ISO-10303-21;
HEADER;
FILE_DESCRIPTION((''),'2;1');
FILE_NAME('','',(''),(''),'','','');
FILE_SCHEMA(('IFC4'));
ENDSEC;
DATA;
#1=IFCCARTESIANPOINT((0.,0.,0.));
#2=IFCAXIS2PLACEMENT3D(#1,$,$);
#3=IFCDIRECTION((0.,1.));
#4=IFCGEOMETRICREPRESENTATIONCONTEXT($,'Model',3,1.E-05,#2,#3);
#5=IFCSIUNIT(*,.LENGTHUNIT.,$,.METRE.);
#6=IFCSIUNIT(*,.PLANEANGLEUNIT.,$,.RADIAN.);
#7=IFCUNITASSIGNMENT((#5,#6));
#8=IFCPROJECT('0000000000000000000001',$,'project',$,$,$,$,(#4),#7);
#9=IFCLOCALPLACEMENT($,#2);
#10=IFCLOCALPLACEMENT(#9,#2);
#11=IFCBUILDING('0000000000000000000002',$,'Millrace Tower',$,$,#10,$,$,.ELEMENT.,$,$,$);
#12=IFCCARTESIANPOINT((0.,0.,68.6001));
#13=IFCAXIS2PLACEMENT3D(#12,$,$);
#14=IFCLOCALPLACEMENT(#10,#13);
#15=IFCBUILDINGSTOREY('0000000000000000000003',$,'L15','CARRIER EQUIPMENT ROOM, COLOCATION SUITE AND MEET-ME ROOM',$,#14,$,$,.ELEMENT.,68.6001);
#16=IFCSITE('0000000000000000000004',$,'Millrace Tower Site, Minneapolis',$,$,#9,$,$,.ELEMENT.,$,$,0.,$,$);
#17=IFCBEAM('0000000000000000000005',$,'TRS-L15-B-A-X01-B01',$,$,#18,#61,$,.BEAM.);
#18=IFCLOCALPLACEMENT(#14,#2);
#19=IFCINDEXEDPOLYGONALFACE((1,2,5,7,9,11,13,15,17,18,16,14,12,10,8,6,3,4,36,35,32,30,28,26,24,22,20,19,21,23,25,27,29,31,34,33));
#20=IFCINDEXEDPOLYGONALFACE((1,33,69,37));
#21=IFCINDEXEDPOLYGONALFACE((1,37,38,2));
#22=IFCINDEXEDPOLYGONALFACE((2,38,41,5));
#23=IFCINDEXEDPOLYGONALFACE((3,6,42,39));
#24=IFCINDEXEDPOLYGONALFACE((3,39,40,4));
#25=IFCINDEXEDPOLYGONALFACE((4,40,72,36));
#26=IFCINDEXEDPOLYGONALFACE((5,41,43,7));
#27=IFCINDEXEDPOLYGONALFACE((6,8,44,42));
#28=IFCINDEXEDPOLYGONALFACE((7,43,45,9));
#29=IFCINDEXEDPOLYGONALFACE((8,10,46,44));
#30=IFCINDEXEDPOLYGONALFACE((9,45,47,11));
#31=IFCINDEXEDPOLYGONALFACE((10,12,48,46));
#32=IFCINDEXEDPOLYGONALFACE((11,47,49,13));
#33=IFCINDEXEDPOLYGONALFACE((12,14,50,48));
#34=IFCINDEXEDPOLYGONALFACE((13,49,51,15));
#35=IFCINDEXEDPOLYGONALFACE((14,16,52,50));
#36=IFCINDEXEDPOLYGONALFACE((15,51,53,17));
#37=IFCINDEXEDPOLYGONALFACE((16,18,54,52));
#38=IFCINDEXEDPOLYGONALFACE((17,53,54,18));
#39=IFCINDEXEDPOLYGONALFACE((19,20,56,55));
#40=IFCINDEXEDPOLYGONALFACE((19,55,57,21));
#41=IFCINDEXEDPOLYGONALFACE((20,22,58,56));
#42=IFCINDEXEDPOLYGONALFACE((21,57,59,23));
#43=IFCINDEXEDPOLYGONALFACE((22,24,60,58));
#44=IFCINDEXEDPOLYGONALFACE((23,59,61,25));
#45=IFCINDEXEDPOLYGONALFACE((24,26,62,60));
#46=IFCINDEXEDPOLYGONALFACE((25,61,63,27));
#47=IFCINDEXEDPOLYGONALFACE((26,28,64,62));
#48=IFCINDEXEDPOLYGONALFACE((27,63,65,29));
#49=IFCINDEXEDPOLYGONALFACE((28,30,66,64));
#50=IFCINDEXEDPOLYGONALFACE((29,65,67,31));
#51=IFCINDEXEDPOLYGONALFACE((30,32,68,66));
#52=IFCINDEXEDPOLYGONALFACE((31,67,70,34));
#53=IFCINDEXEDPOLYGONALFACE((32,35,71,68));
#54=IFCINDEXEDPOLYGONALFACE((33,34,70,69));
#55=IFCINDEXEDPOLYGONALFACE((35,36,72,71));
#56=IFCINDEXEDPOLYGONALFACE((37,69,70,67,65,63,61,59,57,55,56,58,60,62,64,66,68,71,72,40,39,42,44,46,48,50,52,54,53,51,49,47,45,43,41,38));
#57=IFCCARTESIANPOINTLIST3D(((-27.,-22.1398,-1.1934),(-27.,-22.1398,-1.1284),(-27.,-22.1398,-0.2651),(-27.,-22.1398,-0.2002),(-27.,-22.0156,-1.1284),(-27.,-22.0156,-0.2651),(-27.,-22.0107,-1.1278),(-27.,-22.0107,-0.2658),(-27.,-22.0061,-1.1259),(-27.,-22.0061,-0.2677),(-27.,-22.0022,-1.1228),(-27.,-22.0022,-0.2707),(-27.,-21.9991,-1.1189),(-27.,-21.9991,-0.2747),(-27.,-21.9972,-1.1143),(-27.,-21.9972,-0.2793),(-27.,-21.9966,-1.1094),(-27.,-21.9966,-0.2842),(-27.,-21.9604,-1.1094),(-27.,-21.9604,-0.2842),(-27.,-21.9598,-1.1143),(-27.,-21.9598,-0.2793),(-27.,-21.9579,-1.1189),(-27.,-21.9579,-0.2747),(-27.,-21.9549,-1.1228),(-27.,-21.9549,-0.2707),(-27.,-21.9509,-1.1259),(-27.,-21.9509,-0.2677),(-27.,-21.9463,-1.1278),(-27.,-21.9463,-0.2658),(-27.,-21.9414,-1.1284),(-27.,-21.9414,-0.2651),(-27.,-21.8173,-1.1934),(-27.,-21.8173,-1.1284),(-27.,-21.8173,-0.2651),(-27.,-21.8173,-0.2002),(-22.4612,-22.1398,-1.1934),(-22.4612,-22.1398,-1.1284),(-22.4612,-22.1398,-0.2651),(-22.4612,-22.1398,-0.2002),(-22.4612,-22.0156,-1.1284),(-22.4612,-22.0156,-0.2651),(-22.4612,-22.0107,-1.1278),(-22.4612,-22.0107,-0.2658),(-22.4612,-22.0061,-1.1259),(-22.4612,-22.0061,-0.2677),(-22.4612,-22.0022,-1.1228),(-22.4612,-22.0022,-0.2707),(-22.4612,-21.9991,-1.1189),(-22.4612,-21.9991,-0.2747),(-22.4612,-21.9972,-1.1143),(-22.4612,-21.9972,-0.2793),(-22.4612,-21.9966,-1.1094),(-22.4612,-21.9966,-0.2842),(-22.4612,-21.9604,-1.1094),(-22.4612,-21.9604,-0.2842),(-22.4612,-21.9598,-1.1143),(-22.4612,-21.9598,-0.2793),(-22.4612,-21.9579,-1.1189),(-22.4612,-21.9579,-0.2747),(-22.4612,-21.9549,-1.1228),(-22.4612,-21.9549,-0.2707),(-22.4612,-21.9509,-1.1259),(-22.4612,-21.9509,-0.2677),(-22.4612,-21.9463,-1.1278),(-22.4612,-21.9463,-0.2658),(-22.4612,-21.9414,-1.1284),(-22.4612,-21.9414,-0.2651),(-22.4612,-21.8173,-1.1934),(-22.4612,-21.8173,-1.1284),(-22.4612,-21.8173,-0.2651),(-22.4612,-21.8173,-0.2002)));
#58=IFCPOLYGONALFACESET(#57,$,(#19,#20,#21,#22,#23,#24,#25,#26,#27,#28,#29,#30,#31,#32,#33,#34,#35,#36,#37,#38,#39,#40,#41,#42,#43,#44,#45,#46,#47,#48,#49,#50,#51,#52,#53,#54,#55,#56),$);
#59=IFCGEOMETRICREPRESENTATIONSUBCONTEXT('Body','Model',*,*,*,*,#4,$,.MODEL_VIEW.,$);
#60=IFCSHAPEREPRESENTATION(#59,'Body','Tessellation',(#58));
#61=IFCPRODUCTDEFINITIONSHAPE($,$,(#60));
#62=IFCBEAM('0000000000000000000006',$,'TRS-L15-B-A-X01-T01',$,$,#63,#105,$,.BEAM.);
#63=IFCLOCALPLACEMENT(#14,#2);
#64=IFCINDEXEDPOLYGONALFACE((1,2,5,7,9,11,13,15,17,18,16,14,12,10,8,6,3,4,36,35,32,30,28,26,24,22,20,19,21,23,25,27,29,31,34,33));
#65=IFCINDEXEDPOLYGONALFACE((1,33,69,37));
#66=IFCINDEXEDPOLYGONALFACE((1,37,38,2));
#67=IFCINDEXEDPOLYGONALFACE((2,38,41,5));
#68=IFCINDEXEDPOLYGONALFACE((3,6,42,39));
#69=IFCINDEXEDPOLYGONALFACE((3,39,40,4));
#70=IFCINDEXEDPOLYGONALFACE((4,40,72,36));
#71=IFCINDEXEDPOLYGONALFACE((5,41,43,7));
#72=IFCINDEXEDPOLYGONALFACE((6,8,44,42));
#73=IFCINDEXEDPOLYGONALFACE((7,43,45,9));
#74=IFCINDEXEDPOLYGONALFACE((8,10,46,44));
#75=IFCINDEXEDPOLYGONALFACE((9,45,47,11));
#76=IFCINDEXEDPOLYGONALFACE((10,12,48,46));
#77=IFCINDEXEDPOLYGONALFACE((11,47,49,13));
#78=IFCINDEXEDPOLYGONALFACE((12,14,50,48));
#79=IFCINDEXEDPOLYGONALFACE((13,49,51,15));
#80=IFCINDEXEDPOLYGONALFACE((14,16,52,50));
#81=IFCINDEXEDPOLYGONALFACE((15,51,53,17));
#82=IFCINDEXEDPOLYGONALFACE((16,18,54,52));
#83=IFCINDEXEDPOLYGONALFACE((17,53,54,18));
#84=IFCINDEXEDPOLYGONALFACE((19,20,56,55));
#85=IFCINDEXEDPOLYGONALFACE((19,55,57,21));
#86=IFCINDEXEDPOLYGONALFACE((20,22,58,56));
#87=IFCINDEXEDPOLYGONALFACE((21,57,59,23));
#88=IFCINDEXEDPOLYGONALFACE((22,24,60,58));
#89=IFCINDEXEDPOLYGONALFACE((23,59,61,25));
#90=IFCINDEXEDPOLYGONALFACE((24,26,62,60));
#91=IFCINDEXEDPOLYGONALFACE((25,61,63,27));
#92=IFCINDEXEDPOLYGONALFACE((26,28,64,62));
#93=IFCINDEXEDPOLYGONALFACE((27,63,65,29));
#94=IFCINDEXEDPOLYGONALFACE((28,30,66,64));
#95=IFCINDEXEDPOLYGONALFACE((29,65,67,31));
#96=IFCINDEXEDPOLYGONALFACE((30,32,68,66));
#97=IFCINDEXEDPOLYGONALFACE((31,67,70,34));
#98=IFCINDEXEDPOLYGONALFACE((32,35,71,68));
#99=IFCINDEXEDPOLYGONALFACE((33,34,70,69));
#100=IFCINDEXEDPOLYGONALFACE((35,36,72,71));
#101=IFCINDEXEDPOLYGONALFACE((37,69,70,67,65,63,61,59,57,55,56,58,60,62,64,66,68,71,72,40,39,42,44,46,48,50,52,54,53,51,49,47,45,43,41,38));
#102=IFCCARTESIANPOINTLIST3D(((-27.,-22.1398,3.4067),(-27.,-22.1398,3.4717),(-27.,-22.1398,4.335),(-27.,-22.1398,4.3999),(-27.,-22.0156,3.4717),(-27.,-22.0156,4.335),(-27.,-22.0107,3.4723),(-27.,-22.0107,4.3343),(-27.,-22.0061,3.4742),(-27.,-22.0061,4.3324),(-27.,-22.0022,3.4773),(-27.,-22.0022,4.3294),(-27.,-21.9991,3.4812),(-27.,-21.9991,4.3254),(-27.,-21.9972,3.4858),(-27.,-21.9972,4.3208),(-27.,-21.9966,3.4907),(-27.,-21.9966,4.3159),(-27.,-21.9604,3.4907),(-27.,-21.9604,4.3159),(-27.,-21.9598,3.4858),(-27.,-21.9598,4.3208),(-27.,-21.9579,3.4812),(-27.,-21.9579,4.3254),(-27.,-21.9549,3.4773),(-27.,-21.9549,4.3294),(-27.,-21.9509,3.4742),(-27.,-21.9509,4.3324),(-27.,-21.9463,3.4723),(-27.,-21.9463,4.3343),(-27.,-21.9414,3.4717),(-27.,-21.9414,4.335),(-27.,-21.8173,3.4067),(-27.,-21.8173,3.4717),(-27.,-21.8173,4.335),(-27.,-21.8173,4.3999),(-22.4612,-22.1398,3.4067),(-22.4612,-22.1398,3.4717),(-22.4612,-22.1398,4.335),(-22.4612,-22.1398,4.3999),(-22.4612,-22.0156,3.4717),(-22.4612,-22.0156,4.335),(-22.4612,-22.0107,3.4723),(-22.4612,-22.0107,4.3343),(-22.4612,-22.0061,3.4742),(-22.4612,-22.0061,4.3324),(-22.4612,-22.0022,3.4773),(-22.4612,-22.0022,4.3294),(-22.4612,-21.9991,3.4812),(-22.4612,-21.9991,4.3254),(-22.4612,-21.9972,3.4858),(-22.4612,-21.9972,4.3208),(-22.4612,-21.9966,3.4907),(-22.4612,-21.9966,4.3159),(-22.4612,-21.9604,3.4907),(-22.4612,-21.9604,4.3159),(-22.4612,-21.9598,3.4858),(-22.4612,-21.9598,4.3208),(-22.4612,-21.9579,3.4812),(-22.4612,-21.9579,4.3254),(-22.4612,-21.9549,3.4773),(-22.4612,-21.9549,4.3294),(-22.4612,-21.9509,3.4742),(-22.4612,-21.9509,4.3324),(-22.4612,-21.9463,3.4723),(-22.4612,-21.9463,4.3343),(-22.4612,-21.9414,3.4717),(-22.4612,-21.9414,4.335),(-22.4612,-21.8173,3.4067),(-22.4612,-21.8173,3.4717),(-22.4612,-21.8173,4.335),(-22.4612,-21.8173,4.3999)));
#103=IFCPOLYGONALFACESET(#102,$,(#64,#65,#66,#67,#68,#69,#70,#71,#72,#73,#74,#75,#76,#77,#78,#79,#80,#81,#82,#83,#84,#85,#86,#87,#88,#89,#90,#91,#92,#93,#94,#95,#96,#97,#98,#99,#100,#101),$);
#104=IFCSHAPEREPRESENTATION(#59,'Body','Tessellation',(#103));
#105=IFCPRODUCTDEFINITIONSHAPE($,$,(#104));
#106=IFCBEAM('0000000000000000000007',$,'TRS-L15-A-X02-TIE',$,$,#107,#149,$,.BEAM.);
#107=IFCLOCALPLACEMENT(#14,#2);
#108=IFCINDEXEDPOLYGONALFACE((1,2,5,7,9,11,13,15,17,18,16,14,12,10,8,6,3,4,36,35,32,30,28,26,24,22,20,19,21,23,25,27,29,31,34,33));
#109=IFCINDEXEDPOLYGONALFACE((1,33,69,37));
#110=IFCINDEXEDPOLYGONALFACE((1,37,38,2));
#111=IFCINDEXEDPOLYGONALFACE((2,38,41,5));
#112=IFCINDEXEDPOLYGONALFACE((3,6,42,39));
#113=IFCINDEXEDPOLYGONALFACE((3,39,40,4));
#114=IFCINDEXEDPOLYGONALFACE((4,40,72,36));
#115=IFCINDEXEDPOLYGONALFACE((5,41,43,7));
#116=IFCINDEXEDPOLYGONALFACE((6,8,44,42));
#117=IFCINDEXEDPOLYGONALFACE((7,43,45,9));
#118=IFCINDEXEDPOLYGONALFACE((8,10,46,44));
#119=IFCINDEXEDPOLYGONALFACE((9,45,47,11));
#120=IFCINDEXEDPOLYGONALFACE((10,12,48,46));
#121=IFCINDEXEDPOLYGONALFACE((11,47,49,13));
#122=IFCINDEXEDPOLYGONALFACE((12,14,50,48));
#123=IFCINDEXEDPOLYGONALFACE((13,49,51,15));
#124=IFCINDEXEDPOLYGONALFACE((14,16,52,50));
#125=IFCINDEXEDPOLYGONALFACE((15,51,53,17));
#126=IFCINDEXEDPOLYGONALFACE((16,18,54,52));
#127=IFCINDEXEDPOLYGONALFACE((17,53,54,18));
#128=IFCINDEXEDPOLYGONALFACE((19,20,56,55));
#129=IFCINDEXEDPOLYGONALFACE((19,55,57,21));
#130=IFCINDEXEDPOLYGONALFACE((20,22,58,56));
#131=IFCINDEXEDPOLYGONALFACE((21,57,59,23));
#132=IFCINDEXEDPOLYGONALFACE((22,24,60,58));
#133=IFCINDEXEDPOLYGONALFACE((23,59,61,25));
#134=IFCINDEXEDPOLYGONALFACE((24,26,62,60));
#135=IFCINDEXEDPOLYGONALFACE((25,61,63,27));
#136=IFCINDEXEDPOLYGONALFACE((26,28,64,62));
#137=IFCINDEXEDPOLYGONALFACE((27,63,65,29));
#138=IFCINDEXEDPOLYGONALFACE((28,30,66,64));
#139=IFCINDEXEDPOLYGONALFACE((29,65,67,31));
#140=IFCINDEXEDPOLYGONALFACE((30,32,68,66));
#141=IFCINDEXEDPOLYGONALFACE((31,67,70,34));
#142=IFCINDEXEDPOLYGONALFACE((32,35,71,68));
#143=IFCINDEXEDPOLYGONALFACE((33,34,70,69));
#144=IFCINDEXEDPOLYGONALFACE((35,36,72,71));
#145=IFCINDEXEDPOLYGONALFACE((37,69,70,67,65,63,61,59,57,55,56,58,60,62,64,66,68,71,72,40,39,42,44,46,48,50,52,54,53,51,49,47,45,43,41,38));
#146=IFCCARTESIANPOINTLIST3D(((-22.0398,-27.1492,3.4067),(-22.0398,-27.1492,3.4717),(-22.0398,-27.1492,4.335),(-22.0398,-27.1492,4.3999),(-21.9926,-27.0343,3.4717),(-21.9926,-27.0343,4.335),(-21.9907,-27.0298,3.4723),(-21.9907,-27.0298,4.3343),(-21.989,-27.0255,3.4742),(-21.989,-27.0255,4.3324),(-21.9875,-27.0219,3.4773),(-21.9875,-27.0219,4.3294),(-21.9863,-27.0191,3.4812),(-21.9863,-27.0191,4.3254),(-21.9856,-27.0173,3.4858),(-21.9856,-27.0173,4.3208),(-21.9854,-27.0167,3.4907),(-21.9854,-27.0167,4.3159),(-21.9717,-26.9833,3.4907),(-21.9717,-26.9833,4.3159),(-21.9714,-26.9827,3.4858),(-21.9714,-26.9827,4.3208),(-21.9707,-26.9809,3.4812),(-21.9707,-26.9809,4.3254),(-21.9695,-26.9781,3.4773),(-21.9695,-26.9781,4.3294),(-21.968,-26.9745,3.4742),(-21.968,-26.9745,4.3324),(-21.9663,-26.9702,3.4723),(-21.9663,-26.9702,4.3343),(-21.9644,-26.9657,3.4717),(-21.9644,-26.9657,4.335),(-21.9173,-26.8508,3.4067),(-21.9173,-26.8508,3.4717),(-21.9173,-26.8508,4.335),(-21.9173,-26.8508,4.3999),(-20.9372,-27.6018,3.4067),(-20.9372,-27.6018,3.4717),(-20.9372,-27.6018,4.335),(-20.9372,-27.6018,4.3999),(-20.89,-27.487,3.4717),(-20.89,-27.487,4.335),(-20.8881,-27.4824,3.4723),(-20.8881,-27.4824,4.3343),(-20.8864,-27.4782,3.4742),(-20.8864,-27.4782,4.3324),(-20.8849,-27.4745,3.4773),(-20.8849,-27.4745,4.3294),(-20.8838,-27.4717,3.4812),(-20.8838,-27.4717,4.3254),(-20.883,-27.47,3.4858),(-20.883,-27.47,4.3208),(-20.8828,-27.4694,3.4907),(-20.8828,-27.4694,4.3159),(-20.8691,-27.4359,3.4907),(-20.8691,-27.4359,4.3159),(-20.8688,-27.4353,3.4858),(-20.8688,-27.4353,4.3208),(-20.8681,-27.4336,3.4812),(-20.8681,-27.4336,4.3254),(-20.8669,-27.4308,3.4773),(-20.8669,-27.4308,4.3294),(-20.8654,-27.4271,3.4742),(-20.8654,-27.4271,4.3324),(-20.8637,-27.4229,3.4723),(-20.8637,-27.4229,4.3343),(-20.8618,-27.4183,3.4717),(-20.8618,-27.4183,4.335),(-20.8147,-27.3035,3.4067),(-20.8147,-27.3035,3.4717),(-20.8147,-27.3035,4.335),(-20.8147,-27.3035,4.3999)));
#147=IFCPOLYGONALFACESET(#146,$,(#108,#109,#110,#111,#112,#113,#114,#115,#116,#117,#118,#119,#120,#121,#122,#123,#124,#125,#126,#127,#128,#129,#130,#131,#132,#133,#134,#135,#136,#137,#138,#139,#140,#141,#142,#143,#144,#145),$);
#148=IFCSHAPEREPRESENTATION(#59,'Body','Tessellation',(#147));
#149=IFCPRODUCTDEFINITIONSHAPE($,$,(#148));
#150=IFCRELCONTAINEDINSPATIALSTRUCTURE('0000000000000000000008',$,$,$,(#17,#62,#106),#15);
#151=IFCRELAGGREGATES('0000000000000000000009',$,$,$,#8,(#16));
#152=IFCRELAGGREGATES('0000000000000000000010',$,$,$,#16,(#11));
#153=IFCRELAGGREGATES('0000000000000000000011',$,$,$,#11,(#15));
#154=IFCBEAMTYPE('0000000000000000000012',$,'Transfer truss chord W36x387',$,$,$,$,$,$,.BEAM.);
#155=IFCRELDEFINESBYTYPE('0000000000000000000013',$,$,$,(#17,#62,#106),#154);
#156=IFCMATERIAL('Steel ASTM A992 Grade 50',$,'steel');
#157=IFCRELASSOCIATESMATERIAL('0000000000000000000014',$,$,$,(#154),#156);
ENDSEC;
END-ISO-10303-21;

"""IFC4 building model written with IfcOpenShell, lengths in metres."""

from ifc_helpers import new_model, si_unit, direction, frame, origin, origin_2d, place, context, subcontext, project, spatial, i_section, extrude, material, material_profile, profile_set, type_object, element, save


model = new_model("IFC4")

# Units and contexts
model_context = context("Model", 3, precision=1e-05, world=origin(), true_north=direction((0.0, 1.0)))
body_context = subcontext(model_context, "Body", "Model", "MODEL_VIEW")
ifc_project = project(units=[si_unit("LENGTHUNIT", "METRE"), si_unit("PLANEANGLEUNIT", "RADIAN")], contexts=[model_context])

# Site, building, storey
site_placement = place(None, origin())
site = spatial("IfcSite", under=ifc_project, at=site_placement, Name="Millrace Tower Site, Minneapolis", CompositionType="ELEMENT", RefElevation=0.0)
building_placement = place(site_placement, origin())
building = spatial("IfcBuilding", under=site, at=building_placement, Name="Millrace Tower", CompositionType="ELEMENT")
storey_placement = place(building_placement, frame((0.0, 0.0, 68.6001)))
storey = spatial("IfcBuildingStorey", under=building, at=storey_placement, Name="L15", Description="CARRIER EQUIPMENT ROOM, COLOCATION SUITE AND MEET-ME ROOM", CompositionType="ELEMENT", Elevation=68.6001)

# Beams
ifc_material_1 = material(Name="Steel ASTM A992 Grade 50", Category="steel")
ifc_material_profile_1 = material_profile(ifc_material_1, i_section(OverallWidth=0.3225, OverallDepth=0.9932, WebThickness=0.0361, FlangeThickness=0.0649, FilletRadius=0.019, at=origin_2d()))
ifc_profile_set_1 = profile_set([ifc_material_profile_1], Name="Steel ASTM A992 Grade 50")
beam_type_1 = type_object("IfcBeamType", Name="Transfer truss chord W36x387", PredefinedType="BEAM", material=ifc_profile_set_1)
for number, where, z_axis, x_axis, name in (
    (1, (-27.0, -21.9785, -0.6968), (1.0, 0.0, 0.0), (0.0, 1.0, 0.0), "TRS-L15-B-A-X01-B01"),
    (2, (-27.0, -21.9785, 3.9033), (1.0, 0.0, 0.0), (0.0, 1.0, 0.0), "TRS-L15-B-A-X01-T01"),
):
    element("IfcBeam", number, at=place(storey_placement, frame(where, z_axis=z_axis, x_axis=x_axis)), inside=storey, type_object=beam_type_1, Name=name, PredefinedType="BEAM", context=body_context, shape_type="SweptSolid", body=[
        extrude(i_section(OverallWidth=0.3225, OverallDepth=0.9932, WebThickness=0.0361, FlangeThickness=0.0649, FilletRadius=0.019, at=origin_2d()), origin(), (0.0, 0.0, 1.0), 4.5388),
    ])
beam_1_placement = place(storey_placement, frame((-21.9785, -27.0, 3.9033), z_axis=(0.925076, -0.379781, 0.0), x_axis=(0.379781, 0.925076, 0.0)))
element("IfcBeam", 3, at=beam_1_placement, inside=storey, type_object=beam_type_1, Name="TRS-L15-A-X02-TIE", PredefinedType="BEAM", context=body_context, shape_type="SweptSolid", body=[
    extrude(i_section(OverallWidth=0.3225, OverallDepth=0.9932, WebThickness=0.0361, FlangeThickness=0.0649, FilletRadius=0.019, at=origin_2d()), origin(), (0.0, 0.0, 1.0), 1.1919),
])

save(model, "model.ifc")
